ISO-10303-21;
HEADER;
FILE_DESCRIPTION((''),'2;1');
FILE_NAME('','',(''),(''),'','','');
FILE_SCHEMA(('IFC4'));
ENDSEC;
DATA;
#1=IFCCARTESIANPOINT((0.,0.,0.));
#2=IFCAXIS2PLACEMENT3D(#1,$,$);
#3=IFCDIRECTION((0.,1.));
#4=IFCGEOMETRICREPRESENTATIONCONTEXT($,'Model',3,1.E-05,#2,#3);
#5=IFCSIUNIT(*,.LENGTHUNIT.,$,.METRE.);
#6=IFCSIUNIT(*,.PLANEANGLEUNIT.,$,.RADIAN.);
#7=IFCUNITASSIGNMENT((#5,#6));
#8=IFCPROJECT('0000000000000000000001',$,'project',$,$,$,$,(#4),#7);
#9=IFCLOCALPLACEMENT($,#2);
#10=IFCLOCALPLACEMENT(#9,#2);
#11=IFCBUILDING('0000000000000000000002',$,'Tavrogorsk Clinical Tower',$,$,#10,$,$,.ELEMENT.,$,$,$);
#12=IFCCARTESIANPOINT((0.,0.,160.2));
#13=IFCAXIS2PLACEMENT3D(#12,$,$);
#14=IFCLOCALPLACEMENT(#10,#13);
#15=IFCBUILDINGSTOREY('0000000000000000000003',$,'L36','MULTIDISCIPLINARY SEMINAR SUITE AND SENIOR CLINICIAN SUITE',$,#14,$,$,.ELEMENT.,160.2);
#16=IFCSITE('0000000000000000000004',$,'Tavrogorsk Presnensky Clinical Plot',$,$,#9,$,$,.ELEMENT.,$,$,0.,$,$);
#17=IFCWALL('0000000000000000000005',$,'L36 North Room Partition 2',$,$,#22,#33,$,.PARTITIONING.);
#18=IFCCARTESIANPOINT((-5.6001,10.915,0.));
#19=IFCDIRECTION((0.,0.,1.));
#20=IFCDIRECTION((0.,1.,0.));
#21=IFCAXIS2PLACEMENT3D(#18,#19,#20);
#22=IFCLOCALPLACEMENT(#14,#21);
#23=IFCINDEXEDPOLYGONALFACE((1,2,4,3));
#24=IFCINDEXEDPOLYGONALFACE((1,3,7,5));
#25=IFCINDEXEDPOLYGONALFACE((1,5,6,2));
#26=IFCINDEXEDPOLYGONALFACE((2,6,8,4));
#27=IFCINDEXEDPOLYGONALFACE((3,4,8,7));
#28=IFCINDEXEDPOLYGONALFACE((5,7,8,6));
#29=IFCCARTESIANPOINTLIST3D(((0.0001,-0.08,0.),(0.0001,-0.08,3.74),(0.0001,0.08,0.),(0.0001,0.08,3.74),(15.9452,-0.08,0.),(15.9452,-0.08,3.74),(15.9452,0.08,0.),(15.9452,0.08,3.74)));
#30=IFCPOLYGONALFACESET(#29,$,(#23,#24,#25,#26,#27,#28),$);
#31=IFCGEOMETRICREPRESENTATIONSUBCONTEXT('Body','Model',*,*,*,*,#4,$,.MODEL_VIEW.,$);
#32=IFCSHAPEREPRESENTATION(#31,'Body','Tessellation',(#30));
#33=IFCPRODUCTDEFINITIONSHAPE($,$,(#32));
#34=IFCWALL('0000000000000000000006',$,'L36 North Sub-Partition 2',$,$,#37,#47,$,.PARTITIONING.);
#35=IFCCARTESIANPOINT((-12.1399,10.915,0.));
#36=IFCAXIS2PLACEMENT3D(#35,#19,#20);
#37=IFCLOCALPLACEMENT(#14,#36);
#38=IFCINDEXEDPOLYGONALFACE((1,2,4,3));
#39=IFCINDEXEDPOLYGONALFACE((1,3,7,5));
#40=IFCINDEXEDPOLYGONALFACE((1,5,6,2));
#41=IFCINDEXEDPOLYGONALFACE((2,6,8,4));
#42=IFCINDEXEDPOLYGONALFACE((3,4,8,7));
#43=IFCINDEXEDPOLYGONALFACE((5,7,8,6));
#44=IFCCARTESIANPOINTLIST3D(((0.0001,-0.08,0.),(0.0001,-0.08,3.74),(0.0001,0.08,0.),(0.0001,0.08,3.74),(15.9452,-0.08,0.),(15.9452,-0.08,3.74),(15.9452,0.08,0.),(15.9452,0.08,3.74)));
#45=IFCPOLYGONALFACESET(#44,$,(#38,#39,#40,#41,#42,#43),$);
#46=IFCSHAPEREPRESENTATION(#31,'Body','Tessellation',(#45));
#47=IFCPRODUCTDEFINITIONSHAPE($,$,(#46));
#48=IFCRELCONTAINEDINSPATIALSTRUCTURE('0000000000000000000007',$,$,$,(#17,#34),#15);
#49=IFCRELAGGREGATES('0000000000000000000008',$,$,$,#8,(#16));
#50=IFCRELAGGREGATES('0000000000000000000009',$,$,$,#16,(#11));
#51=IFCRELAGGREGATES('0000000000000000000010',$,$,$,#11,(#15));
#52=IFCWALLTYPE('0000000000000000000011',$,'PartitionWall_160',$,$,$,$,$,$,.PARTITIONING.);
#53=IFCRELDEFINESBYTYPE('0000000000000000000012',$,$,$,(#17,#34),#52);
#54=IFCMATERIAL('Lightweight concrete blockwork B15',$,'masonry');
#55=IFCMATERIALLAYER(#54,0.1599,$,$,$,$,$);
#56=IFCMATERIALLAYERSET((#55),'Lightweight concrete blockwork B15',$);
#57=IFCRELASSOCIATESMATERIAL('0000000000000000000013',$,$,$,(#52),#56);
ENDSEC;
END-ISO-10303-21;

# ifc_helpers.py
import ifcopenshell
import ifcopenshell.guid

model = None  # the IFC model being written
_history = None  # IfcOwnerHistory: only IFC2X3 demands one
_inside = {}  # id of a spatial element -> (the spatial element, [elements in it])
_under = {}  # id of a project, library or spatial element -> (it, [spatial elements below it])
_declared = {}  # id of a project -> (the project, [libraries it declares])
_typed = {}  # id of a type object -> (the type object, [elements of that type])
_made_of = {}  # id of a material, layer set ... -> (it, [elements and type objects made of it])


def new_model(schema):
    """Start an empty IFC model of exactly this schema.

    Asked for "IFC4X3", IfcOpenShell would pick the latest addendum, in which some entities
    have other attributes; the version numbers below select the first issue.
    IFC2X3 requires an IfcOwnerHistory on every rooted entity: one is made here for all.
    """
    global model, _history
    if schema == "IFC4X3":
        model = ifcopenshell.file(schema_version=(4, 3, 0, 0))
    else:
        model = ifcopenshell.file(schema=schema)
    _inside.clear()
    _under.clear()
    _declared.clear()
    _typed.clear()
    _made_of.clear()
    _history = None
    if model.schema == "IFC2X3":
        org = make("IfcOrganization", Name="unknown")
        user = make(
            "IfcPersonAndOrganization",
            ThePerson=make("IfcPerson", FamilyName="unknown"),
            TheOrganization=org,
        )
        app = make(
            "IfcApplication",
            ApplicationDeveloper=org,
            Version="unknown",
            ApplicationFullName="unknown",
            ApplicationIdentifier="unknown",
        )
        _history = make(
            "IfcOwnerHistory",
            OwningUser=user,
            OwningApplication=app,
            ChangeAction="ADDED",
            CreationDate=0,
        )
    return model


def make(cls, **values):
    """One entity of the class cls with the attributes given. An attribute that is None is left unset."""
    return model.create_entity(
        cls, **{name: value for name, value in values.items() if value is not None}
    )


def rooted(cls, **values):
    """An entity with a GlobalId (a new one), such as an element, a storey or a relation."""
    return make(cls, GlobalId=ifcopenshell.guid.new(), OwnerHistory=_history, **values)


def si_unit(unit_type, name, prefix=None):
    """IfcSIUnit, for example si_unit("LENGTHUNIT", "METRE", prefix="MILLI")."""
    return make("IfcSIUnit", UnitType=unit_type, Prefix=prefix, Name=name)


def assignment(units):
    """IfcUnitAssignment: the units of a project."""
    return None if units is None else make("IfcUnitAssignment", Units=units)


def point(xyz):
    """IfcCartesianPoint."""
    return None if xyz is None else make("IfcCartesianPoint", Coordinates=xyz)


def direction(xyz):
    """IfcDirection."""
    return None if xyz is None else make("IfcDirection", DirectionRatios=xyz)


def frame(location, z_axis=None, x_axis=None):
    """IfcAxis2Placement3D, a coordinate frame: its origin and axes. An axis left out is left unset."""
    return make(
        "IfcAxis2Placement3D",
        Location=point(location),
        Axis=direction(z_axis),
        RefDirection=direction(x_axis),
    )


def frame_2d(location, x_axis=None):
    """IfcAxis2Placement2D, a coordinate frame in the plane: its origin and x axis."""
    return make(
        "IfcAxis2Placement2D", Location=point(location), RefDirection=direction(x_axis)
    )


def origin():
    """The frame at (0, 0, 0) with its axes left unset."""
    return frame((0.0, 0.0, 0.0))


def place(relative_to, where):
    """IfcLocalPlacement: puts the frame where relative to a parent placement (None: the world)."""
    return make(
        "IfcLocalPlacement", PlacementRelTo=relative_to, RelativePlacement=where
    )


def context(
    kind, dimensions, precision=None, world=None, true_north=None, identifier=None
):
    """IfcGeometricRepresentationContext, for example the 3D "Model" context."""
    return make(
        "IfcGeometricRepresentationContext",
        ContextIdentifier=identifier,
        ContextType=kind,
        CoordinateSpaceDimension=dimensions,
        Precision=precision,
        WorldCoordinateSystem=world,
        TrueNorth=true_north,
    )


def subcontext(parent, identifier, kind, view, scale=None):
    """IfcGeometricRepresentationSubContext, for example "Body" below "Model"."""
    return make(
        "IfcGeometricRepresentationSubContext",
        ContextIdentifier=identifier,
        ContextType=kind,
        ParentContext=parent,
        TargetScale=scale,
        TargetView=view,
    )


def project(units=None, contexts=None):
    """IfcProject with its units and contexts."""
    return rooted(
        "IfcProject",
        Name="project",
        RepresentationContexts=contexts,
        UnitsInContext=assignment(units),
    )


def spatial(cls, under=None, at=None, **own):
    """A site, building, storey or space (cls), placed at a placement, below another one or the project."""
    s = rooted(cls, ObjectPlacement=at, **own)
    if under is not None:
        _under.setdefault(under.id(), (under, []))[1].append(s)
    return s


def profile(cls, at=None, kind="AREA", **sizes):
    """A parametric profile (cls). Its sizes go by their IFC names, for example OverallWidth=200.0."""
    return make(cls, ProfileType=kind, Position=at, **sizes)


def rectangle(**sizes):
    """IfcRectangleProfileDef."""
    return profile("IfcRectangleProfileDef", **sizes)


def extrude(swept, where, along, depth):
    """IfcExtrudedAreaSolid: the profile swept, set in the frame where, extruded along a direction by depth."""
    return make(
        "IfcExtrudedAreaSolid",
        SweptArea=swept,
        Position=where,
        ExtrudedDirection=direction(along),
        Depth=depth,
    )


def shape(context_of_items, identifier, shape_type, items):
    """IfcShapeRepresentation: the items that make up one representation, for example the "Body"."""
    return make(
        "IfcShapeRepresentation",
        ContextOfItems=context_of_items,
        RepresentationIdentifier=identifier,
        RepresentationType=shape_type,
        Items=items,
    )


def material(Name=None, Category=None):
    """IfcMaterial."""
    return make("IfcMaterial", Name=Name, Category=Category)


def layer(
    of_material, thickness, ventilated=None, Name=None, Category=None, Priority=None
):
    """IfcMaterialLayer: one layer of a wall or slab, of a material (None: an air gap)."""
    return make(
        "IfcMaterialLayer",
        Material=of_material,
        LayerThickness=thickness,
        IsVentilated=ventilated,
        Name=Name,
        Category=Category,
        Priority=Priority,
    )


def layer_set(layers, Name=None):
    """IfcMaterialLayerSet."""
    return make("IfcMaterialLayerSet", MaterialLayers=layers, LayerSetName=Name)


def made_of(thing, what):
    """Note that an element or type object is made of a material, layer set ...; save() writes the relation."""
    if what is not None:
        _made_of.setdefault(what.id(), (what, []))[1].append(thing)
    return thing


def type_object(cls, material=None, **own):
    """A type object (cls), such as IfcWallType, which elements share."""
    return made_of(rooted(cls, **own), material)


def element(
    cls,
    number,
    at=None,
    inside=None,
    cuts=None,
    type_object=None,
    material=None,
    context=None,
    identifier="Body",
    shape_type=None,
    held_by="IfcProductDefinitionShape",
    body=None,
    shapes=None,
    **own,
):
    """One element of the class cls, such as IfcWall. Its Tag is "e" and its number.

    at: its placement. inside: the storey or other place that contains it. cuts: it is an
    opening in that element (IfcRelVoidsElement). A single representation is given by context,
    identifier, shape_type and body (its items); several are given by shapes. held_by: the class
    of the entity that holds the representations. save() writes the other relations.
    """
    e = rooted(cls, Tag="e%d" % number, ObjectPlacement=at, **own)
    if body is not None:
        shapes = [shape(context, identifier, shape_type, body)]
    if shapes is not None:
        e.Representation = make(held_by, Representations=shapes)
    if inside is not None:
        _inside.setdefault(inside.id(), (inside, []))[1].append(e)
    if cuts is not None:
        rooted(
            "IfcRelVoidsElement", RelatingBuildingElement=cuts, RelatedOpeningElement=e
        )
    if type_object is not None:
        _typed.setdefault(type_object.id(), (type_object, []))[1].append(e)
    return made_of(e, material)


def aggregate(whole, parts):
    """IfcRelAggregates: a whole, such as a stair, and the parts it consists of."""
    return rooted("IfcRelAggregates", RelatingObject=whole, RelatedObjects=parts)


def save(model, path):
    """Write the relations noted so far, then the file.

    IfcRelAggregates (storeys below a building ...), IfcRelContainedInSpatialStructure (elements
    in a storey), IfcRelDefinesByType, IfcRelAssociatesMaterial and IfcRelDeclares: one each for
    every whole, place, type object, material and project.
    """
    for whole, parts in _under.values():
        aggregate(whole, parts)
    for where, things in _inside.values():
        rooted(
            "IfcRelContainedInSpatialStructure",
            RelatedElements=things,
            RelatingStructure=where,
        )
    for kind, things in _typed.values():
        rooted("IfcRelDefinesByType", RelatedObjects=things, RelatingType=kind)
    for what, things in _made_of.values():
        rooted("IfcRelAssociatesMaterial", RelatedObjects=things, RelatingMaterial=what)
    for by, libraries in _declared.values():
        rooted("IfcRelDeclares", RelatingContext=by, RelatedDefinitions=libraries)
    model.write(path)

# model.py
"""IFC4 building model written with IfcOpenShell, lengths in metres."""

from ifc_helpers import new_model, si_unit, direction, frame, frame_2d, origin, place, context, subcontext, project, spatial, rectangle, extrude, material, layer, layer_set, type_object, element, save


model = new_model("IFC4")

# Units and contexts
model_context = context("Model", 3, precision=1e-05, world=origin(), true_north=direction((0.0, 1.0)))
body_context = subcontext(model_context, "Body", "Model", "MODEL_VIEW")
ifc_project = project(units=[si_unit("LENGTHUNIT", "METRE"), si_unit("PLANEANGLEUNIT", "RADIAN")], contexts=[model_context])

# Site, building, storey
site_placement = place(None, origin())
site = spatial("IfcSite", under=ifc_project, at=site_placement, Name="Tavrogorsk Presnensky Clinical Plot", CompositionType="ELEMENT", RefElevation=0.0)
building_placement = place(site_placement, origin())
building = spatial("IfcBuilding", under=site, at=building_placement, Name="Tavrogorsk Clinical Tower", CompositionType="ELEMENT")
storey_placement = place(building_placement, frame((0.0, 0.0, 160.2)))
storey = spatial("IfcBuildingStorey", under=building, at=storey_placement, Name="L36", Description="MULTIDISCIPLINARY SEMINAR SUITE AND SENIOR CLINICIAN SUITE", CompositionType="ELEMENT", Elevation=160.2)

# Walls
ifc_material_1 = material(Name="Lightweight concrete blockwork B15", Category="masonry")
ifc_layer_1 = layer(ifc_material_1, 0.1599)
ifc_layer_set_1 = layer_set([ifc_layer_1], Name="Lightweight concrete blockwork B15")
wall_type_1 = type_object("IfcWallType", Name="PartitionWall_160", PredefinedType="PARTITIONING", material=ifc_layer_set_1)
for number, where, z_axis, x_axis, name in (
    (1, (-5.6001, 10.915, 0.0), (0.0, 0.0, 1.0), (0.0, 1.0, 0.0), "L36 North Room Partition 2"),
    (2, (-12.1399, 10.915, 0.0), (0.0, 0.0, 1.0), (0.0, 1.0, 0.0), "L36 North Sub-Partition 2"),
):
    element("IfcWall", number, at=place(storey_placement, frame(where, z_axis=z_axis, x_axis=x_axis)), inside=storey, type_object=wall_type_1, Name=name, PredefinedType="PARTITIONING", context=body_context, shape_type="SweptSolid", body=[
        extrude(rectangle(XDim=15.9451, YDim=0.1599, at=frame_2d((7.9727, 0.0))), origin(), (0.0, 0.0, 1.0), 3.74),
    ])

save(model, "model.ifc")
